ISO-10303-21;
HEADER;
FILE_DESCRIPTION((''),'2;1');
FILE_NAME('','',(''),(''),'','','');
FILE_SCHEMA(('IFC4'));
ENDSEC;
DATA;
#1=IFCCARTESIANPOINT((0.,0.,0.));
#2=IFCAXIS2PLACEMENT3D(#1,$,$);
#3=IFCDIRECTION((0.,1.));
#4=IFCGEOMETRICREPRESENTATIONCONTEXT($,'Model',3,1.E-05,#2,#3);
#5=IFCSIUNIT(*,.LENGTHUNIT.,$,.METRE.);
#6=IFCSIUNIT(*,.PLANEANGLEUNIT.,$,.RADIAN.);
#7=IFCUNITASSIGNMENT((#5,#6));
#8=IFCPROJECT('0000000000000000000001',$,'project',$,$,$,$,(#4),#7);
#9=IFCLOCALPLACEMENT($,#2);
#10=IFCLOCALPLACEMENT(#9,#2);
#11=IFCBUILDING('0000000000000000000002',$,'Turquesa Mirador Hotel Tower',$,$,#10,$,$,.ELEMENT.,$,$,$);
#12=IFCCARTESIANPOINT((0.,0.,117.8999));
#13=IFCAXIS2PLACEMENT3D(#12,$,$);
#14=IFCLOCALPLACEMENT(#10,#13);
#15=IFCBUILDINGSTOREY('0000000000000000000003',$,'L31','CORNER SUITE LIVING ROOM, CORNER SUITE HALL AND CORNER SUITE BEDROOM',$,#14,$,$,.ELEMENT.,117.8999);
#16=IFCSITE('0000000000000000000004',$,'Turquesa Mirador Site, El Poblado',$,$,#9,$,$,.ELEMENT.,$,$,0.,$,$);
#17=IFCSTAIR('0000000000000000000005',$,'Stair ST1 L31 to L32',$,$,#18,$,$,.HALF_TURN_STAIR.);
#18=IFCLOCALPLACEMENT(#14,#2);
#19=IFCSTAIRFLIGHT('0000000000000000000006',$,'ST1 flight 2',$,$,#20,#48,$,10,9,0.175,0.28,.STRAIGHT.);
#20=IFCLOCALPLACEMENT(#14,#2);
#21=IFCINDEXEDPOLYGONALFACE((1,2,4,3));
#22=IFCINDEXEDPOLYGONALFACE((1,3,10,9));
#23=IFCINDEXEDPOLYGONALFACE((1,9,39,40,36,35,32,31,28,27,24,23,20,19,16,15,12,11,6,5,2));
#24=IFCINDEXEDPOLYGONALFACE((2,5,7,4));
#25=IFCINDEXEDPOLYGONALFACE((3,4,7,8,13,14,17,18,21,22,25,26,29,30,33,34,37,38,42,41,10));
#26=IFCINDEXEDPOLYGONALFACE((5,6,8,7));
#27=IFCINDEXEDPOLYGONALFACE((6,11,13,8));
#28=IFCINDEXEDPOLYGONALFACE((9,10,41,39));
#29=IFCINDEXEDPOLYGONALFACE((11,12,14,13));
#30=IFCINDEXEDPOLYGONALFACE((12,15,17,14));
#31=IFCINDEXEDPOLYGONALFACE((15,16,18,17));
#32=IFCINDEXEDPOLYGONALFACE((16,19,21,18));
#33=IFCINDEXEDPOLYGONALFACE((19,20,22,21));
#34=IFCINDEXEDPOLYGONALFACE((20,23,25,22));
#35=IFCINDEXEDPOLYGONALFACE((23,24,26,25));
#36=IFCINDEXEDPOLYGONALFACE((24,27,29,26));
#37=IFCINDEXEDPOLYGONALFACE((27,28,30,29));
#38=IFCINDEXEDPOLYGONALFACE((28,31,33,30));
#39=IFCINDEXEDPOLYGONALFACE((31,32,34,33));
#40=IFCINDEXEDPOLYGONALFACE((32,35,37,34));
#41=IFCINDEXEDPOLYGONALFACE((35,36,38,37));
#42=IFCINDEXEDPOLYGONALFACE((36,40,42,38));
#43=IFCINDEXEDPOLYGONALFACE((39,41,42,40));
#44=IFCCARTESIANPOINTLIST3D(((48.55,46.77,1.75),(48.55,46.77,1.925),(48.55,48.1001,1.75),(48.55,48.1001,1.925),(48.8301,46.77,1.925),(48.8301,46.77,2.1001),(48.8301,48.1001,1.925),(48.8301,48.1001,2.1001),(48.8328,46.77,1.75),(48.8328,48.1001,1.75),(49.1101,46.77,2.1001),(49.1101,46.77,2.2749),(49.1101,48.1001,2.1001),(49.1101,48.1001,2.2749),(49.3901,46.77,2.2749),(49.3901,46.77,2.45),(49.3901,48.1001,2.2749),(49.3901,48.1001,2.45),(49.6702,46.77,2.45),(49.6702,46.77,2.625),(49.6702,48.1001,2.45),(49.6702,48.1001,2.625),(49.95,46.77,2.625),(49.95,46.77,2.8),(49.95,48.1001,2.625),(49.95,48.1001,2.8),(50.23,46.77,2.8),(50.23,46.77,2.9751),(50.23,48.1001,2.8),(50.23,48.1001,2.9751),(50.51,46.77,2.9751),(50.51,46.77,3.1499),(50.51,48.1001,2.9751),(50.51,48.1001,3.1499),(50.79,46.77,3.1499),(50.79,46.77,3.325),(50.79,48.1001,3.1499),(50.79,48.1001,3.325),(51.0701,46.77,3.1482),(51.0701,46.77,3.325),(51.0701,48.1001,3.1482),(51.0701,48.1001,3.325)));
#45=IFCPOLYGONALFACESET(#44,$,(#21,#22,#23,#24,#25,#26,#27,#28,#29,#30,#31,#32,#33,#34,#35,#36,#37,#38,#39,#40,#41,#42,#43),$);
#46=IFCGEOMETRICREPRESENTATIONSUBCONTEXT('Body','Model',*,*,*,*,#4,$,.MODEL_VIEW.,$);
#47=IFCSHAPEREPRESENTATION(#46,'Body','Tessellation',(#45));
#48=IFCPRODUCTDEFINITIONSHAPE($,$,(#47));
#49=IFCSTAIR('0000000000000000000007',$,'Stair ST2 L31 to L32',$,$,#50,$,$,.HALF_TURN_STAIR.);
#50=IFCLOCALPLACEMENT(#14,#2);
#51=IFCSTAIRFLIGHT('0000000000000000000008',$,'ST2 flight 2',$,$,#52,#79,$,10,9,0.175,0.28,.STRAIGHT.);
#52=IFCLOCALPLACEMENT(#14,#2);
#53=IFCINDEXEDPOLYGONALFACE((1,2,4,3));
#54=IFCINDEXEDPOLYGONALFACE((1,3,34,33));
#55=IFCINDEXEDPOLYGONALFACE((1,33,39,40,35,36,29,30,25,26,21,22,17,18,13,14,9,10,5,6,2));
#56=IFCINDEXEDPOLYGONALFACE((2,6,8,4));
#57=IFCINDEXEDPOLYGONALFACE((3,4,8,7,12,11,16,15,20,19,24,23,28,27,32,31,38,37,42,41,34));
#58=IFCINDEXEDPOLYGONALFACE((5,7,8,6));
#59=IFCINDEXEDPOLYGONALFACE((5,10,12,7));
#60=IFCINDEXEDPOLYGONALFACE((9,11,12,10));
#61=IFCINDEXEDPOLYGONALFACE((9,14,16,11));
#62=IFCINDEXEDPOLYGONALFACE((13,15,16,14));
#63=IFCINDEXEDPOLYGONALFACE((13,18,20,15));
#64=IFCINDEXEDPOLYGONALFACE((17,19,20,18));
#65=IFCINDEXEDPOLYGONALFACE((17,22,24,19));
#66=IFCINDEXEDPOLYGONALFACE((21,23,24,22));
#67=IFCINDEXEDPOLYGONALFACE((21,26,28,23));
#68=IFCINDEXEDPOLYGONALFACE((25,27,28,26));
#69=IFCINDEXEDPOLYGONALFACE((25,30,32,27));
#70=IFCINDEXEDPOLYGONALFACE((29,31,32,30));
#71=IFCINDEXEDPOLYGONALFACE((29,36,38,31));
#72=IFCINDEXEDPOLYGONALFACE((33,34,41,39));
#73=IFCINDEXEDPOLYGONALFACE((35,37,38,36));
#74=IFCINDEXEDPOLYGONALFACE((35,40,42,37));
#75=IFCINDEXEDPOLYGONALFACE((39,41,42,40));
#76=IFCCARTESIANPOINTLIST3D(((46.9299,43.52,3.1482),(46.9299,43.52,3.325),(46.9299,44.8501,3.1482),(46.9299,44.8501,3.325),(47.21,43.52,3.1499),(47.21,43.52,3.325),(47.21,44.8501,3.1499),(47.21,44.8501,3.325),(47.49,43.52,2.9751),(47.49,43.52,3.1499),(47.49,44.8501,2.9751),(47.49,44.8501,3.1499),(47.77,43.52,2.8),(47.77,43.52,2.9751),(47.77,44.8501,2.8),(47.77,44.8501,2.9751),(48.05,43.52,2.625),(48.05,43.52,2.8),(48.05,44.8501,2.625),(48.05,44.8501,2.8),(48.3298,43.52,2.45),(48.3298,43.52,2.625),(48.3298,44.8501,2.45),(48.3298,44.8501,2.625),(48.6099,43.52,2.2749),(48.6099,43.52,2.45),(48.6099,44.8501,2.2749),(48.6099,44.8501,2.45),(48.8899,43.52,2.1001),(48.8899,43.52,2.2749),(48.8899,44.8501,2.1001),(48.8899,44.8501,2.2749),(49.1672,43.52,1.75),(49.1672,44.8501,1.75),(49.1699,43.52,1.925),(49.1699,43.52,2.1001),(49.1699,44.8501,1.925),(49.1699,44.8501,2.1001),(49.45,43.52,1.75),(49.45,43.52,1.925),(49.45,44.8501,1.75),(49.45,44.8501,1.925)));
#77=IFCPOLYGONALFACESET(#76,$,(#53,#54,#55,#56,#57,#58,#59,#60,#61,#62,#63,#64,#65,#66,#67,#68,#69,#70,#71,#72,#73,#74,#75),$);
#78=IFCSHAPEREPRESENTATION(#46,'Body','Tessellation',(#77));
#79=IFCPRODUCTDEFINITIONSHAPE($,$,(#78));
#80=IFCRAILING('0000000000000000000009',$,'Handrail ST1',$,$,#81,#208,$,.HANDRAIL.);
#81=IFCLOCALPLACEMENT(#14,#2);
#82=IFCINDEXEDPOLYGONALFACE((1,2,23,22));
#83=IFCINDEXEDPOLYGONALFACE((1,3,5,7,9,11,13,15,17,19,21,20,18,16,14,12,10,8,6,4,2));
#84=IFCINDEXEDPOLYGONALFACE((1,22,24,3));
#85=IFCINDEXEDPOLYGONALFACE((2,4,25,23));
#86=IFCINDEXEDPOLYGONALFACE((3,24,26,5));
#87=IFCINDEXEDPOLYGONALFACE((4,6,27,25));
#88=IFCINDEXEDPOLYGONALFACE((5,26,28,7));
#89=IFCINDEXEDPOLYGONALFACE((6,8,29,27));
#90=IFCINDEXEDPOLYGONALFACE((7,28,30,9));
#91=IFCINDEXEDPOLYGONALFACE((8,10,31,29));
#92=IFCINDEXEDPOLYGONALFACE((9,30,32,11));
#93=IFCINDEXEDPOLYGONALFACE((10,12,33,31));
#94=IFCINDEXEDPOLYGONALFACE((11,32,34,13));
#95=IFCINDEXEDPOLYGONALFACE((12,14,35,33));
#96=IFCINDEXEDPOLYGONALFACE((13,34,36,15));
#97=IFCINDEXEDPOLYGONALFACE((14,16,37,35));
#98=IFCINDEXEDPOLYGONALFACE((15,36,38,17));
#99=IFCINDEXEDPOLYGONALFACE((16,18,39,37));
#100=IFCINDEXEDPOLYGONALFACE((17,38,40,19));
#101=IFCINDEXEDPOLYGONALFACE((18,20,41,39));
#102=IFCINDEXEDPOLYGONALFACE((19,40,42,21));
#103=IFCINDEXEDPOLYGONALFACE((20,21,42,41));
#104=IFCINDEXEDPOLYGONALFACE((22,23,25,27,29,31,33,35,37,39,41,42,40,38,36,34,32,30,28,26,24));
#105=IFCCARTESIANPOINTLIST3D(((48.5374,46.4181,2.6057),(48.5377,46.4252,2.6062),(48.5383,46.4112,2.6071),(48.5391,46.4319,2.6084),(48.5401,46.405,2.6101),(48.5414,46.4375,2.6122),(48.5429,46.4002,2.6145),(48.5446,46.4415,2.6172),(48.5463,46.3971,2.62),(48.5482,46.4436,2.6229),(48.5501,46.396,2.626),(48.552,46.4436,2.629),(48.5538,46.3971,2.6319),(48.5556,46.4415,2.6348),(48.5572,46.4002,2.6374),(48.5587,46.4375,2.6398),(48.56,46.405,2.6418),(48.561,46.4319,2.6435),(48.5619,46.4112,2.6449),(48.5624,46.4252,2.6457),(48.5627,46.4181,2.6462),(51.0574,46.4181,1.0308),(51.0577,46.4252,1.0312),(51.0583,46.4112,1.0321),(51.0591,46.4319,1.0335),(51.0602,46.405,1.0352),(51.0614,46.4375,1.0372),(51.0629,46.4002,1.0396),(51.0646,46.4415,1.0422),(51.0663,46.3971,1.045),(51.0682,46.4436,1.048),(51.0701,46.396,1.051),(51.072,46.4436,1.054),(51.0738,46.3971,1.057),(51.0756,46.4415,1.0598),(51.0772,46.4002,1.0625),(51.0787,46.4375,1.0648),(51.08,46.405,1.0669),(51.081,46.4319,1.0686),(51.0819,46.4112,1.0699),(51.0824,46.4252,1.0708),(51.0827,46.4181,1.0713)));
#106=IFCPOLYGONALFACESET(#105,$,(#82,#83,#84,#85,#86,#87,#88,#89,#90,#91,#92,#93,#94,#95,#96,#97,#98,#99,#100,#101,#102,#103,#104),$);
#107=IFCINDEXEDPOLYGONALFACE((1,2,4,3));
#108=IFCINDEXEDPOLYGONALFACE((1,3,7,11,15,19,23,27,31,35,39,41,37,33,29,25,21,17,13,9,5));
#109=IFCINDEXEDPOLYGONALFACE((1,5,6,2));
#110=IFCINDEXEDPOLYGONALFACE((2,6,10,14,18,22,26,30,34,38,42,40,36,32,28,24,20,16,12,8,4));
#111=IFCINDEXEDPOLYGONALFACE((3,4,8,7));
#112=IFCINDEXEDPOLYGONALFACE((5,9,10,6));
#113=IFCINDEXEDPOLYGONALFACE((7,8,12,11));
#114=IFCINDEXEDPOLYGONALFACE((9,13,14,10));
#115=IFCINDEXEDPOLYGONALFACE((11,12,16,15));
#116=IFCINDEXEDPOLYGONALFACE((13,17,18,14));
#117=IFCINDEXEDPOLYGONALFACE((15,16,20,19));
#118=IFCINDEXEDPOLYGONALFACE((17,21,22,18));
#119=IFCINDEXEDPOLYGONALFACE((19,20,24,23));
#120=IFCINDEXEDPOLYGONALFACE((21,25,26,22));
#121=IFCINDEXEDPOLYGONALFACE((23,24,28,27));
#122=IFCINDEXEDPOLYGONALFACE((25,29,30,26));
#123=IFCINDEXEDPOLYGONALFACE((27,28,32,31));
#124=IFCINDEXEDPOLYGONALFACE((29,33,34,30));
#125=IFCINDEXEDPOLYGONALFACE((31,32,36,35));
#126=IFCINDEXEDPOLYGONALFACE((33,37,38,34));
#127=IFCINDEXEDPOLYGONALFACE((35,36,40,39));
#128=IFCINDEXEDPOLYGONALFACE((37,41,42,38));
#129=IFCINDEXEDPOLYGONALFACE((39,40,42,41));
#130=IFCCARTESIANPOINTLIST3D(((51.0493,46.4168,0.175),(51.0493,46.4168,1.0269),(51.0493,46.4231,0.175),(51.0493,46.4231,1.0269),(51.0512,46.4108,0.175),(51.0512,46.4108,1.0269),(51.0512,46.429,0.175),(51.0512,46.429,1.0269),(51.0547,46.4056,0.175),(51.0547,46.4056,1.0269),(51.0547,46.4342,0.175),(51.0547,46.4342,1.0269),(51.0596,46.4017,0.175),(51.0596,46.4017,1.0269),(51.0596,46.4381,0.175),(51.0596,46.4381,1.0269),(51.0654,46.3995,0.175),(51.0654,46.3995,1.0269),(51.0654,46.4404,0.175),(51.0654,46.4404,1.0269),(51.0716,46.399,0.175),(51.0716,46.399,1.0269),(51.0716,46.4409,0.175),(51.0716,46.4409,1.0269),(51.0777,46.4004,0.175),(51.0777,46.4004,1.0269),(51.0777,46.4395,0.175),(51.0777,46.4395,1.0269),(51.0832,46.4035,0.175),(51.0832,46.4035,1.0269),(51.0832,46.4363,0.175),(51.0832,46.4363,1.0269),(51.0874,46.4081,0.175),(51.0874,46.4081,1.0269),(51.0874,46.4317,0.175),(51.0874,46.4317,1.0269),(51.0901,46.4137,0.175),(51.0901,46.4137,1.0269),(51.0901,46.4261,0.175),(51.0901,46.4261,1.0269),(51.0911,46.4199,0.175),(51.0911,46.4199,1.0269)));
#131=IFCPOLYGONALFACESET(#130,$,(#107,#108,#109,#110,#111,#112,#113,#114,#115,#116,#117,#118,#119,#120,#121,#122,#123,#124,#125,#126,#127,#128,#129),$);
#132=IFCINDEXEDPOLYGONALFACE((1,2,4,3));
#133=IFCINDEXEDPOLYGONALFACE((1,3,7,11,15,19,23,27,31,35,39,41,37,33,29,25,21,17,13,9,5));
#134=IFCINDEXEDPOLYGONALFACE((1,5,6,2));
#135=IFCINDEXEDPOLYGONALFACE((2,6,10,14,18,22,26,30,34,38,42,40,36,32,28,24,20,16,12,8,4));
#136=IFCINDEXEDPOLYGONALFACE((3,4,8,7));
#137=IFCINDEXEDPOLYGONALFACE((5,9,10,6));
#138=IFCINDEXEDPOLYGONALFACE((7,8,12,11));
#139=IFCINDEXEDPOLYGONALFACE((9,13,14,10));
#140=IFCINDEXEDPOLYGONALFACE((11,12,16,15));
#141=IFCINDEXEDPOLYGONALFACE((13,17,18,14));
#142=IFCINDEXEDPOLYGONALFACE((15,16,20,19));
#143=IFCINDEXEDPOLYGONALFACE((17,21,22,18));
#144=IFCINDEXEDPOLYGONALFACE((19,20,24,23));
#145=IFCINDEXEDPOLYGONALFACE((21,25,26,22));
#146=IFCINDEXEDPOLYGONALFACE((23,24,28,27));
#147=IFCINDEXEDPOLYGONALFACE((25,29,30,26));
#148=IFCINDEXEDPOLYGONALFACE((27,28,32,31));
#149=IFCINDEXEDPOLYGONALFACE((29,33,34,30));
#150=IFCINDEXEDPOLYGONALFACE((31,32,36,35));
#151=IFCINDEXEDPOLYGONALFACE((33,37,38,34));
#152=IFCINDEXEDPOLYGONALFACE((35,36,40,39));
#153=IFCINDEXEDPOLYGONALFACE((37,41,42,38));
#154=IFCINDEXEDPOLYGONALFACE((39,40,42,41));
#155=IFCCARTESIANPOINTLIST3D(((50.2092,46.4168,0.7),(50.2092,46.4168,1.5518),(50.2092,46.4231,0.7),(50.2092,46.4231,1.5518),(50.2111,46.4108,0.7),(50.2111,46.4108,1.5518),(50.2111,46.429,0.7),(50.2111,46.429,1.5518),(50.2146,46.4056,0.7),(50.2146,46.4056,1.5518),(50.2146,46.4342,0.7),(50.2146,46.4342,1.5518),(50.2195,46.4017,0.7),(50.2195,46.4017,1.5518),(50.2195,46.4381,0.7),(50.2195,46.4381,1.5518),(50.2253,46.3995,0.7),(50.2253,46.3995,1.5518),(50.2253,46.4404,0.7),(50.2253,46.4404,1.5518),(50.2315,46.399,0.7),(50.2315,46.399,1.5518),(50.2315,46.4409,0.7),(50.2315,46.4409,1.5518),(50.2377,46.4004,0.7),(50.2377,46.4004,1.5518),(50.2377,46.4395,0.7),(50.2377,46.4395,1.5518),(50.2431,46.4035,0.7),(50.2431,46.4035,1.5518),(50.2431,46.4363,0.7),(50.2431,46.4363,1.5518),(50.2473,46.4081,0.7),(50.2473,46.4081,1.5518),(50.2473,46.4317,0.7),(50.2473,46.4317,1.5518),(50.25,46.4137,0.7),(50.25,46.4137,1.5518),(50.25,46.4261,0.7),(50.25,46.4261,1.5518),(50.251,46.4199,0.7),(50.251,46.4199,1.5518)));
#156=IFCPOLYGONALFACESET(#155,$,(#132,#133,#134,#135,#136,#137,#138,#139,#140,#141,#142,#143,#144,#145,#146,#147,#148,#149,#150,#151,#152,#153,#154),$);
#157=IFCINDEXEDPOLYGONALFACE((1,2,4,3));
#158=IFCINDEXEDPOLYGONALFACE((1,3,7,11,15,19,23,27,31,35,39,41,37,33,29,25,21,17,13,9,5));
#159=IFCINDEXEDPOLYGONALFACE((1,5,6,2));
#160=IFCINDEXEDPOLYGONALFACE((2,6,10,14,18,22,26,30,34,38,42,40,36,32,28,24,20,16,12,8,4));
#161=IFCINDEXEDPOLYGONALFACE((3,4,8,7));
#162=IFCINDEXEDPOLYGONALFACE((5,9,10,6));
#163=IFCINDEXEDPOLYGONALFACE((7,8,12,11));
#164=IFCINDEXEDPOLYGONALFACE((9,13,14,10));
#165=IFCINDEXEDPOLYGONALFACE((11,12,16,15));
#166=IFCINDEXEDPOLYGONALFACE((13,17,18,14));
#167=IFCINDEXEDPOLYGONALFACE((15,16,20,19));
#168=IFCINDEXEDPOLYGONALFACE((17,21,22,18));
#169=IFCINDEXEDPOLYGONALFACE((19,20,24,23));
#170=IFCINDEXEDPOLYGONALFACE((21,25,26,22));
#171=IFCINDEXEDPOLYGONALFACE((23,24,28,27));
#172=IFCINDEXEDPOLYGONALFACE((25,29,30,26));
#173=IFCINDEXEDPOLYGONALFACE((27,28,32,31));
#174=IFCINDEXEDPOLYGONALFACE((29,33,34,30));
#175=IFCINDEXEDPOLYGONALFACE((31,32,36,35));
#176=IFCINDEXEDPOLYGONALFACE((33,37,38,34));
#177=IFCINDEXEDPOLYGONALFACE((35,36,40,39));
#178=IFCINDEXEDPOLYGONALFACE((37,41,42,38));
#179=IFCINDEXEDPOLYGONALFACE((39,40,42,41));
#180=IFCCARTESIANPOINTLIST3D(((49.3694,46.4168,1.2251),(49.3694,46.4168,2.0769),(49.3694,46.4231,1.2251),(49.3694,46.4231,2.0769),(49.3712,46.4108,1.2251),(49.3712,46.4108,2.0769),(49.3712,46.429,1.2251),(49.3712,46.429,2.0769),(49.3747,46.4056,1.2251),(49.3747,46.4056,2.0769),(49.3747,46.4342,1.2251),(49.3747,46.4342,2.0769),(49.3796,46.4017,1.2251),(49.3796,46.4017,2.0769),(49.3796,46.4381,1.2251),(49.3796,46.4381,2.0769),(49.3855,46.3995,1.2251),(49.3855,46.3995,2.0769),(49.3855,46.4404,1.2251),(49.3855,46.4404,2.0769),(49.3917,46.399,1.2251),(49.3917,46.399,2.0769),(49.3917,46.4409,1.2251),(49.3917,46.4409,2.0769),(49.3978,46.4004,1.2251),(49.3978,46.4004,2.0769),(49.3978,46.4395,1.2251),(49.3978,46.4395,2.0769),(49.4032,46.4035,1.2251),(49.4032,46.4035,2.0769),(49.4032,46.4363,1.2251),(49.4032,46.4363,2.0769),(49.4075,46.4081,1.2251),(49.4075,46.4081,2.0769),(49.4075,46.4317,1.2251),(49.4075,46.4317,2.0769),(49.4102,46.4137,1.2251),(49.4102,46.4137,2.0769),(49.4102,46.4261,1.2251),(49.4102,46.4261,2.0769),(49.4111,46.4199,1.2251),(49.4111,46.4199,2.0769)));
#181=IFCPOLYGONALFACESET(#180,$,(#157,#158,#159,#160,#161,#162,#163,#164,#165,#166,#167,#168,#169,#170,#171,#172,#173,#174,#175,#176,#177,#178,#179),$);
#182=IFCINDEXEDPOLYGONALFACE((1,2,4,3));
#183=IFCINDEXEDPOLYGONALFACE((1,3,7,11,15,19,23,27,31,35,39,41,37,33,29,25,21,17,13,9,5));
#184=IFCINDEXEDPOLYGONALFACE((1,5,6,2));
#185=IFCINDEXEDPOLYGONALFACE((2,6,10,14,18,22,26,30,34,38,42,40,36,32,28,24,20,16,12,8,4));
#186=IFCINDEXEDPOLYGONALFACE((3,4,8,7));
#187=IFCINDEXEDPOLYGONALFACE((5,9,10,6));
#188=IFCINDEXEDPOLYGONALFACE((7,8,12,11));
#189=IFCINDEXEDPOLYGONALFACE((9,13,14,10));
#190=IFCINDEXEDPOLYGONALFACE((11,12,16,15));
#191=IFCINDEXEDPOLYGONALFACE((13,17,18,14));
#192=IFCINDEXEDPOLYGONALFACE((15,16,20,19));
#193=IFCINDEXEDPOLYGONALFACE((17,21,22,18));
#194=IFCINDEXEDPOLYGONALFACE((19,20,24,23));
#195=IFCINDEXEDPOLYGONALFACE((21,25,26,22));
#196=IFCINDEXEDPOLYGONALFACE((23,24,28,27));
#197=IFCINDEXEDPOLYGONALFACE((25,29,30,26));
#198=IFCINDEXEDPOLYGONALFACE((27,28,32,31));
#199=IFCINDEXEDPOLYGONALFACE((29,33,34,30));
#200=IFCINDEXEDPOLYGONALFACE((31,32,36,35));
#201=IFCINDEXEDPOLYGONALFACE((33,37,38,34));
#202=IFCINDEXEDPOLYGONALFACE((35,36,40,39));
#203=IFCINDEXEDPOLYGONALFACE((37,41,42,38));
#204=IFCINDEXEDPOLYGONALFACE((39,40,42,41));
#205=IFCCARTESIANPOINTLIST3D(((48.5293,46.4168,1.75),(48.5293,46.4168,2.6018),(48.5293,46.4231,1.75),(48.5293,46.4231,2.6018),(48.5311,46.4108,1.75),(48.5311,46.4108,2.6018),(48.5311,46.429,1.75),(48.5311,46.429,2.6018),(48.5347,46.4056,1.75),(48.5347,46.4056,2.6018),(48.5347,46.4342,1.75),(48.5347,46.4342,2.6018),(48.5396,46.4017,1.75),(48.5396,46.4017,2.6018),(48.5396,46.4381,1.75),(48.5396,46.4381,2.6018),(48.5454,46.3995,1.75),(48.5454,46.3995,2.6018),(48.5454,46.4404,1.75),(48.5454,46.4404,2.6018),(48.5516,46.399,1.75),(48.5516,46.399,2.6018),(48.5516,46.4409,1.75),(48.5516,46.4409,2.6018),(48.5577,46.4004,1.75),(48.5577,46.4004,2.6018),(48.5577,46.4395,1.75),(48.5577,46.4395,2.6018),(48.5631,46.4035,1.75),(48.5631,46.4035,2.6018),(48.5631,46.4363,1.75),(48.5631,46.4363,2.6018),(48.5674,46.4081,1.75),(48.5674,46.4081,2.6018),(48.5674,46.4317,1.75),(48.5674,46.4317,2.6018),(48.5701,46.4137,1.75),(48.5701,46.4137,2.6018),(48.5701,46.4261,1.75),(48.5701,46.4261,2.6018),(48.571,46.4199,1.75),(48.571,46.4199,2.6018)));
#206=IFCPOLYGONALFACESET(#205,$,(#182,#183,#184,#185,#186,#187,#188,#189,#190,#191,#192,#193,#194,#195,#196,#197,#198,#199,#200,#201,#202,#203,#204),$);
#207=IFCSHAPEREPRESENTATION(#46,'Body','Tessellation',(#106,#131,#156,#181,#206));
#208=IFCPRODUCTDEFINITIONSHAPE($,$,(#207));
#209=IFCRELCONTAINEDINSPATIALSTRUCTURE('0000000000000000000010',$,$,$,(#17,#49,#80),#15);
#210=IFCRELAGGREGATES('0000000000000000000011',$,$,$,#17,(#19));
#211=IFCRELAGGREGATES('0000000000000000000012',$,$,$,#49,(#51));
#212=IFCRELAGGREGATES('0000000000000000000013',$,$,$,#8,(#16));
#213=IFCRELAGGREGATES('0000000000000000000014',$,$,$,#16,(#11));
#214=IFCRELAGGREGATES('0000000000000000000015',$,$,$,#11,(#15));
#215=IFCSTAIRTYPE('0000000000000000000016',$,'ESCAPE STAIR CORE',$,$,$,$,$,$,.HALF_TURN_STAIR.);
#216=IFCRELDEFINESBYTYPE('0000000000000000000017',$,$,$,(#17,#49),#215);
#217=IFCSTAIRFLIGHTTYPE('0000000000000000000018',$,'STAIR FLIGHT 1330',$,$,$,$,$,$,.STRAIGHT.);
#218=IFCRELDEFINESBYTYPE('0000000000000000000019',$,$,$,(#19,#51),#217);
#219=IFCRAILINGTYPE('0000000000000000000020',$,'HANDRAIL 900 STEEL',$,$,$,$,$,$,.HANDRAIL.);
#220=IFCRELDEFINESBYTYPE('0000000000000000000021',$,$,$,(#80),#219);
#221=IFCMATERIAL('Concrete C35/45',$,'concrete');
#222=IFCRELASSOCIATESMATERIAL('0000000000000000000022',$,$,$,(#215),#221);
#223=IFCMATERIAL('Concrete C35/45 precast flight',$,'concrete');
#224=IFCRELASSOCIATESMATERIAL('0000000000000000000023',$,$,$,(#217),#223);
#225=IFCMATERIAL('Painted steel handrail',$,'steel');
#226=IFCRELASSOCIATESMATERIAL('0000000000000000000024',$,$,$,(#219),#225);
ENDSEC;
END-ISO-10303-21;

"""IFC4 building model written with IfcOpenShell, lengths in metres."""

from ifc_helpers import new_model, si_unit, direction, frame, origin, origin_2d, place, context, subcontext, project, spatial, polyline, circle, outline, extrude, material, type_object, element, aggregate, save


model = new_model("IFC4")

# Units and contexts
model_context = context("Model", 3, precision=1e-05, world=origin(), true_north=direction((0.0, 1.0)))
body_context = subcontext(model_context, "Body", "Model", "MODEL_VIEW")
ifc_project = project(units=[si_unit("LENGTHUNIT", "METRE"), si_unit("PLANEANGLEUNIT", "RADIAN")], contexts=[model_context])

# Site, building, storey
site_placement = place(None, origin())
site = spatial("IfcSite", under=ifc_project, at=site_placement, Name="Turquesa Mirador Site, El Poblado", CompositionType="ELEMENT", RefElevation=0.0)
building_placement = place(site_placement, origin())
building = spatial("IfcBuilding", under=site, at=building_placement, Name="Turquesa Mirador Hotel Tower", CompositionType="ELEMENT")
storey_placement = place(building_placement, frame((0.0, 0.0, 117.8999)))
storey = spatial("IfcBuildingStorey", under=building, at=storey_placement, Name="L31", Description="CORNER SUITE LIVING ROOM, CORNER SUITE HALL AND CORNER SUITE BEDROOM", CompositionType="ELEMENT", Elevation=117.8999)

# Stair, stair flight
ifc_material_1 = material(Name="Concrete C35/45", Category="concrete")
stair_type = type_object("IfcStairType", Name="ESCAPE STAIR CORE", PredefinedType="HALF_TURN_STAIR", material=ifc_material_1)
stair_1_placement = place(storey_placement, origin())
stair_1 = element("IfcStair", 1, at=stair_1_placement, inside=storey, type_object=stair_type, Name="Stair ST1 L31 to L32", PredefinedType="HALF_TURN_STAIR")
ifc_material_2 = material(Name="Concrete C35/45 precast flight", Category="concrete")
stair_flight_type = type_object("IfcStairFlightType", Name="STAIR FLIGHT 1330", PredefinedType="STRAIGHT", material=ifc_material_2)
stair_flight_1_placement = place(storey_placement, frame((48.55, 47.4351, 1.75), z_axis=(0.0, 0.0, 1.0), x_axis=(1.0, 0.0, 0.0)))
stair_flight_1 = element("IfcStairFlight", 2, at=stair_flight_1_placement, type_object=stair_flight_type, Name="ST1 flight 2", NumberOfRisers=10, NumberOfTreads=9, PredefinedType="STRAIGHT", RiserHeight=0.175, TreadLength=0.28, context=body_context, shape_type="SweptSolid", body=[
    extrude(outline(polyline([(0.0, 0.0), (0.0, 0.175), (0.28, 0.175), (0.28, 0.3501), (0.5601, 0.3501), (0.5601, 0.5249), (0.8401, 0.5249), (0.8401, 0.7), (1.1201, 0.7), (1.1201, 0.875), (1.3999, 0.875), (1.3999, 1.05), (1.6799, 1.05), (1.6799, 1.2251), (1.96, 1.2251), (1.96, 1.3999), (2.24, 1.3999), (2.24, 1.575), (2.52, 1.575), (2.52, 1.75), (2.52, 1.3982), (0.2827, 0.0), (0.0, 0.0)])), frame((0.0, 0.665, 0.0), z_axis=(0.0, -1.0, 0.0), x_axis=(1.0, 0.0, 0.0)), (0.0, 0.0, 1.0), 1.3301),
])
aggregate(stair_1, [stair_flight_1])

# Stair, stair flight
stair_2_placement = place(storey_placement, origin())
stair_2 = element("IfcStair", 3, at=stair_2_placement, inside=storey, type_object=stair_type, Name="Stair ST2 L31 to L32", PredefinedType="HALF_TURN_STAIR")
stair_flight_2_placement = place(storey_placement, frame((49.45, 44.1851, 1.75), z_axis=(0.0, 0.0, 1.0), x_axis=(-1.0, 0.0, 0.0)))
stair_flight_2 = element("IfcStairFlight", 4, at=stair_flight_2_placement, type_object=stair_flight_type, Name="ST2 flight 2", NumberOfRisers=10, NumberOfTreads=9, PredefinedType="STRAIGHT", RiserHeight=0.175, TreadLength=0.28, context=body_context, shape_type="SweptSolid", body=[
    extrude(outline(polyline([(0.0, 0.0), (0.0, 0.175), (0.28, 0.175), (0.28, 0.3501), (0.5601, 0.3501), (0.5601, 0.5249), (0.8401, 0.5249), (0.8401, 0.7), (1.1201, 0.7), (1.1201, 0.875), (1.3999, 0.875), (1.3999, 1.05), (1.6799, 1.05), (1.6799, 1.2251), (1.96, 1.2251), (1.96, 1.3999), (2.24, 1.3999), (2.24, 1.575), (2.52, 1.575), (2.52, 1.75), (2.52, 1.3982), (0.2827, 0.0), (0.0, 0.0)])), frame((0.0, 0.665, 0.0), z_axis=(0.0, -1.0, 0.0), x_axis=(1.0, 0.0, 0.0)), (0.0, 0.0, 1.0), 1.3301),
])
aggregate(stair_2, [stair_flight_2])

# Railing
ifc_material_3 = material(Name="Painted steel handrail", Category="steel")
railing_type = type_object("IfcRailingType", Name="HANDRAIL 900 STEEL", PredefinedType="HANDRAIL", material=ifc_material_3)
railing_1_placement = place(storey_placement, frame((51.0701, 46.4199, 0.175)))
element("IfcRailing", 5, at=railing_1_placement, inside=storey, type_object=railing_type, Name="Handrail ST1", PredefinedType="HANDRAIL", context=body_context, shape_type="SweptSolid", body=[
    extrude(circle(Radius=0.0239, at=origin_2d()), frame((0.0, 0.0, 0.876), z_axis=(-0.848008, 0.0, 0.529984), x_axis=(0.0, -1.0, 0.0)), (0.0, 0.0, 1.0), 2.9717),
    extrude(circle(Radius=0.021, at=origin_2d()), origin(), (0.0, 0.0, 1.0), 0.8518),
    extrude(circle(Radius=0.021, at=origin_2d()), frame((-0.8401, 0.0, 0.5249)), (0.0, 0.0, 1.0), 0.8518),
    extrude(circle(Radius=0.021, at=origin_2d()), frame((-1.6799, 0.0, 1.05)), (0.0, 0.0, 1.0), 0.8518),
    extrude(circle(Radius=0.021, at=origin_2d()), frame((-2.52, 0.0, 1.575)), (0.0, 0.0, 1.0), 0.8518),
])

save(model, "model.ifc")
